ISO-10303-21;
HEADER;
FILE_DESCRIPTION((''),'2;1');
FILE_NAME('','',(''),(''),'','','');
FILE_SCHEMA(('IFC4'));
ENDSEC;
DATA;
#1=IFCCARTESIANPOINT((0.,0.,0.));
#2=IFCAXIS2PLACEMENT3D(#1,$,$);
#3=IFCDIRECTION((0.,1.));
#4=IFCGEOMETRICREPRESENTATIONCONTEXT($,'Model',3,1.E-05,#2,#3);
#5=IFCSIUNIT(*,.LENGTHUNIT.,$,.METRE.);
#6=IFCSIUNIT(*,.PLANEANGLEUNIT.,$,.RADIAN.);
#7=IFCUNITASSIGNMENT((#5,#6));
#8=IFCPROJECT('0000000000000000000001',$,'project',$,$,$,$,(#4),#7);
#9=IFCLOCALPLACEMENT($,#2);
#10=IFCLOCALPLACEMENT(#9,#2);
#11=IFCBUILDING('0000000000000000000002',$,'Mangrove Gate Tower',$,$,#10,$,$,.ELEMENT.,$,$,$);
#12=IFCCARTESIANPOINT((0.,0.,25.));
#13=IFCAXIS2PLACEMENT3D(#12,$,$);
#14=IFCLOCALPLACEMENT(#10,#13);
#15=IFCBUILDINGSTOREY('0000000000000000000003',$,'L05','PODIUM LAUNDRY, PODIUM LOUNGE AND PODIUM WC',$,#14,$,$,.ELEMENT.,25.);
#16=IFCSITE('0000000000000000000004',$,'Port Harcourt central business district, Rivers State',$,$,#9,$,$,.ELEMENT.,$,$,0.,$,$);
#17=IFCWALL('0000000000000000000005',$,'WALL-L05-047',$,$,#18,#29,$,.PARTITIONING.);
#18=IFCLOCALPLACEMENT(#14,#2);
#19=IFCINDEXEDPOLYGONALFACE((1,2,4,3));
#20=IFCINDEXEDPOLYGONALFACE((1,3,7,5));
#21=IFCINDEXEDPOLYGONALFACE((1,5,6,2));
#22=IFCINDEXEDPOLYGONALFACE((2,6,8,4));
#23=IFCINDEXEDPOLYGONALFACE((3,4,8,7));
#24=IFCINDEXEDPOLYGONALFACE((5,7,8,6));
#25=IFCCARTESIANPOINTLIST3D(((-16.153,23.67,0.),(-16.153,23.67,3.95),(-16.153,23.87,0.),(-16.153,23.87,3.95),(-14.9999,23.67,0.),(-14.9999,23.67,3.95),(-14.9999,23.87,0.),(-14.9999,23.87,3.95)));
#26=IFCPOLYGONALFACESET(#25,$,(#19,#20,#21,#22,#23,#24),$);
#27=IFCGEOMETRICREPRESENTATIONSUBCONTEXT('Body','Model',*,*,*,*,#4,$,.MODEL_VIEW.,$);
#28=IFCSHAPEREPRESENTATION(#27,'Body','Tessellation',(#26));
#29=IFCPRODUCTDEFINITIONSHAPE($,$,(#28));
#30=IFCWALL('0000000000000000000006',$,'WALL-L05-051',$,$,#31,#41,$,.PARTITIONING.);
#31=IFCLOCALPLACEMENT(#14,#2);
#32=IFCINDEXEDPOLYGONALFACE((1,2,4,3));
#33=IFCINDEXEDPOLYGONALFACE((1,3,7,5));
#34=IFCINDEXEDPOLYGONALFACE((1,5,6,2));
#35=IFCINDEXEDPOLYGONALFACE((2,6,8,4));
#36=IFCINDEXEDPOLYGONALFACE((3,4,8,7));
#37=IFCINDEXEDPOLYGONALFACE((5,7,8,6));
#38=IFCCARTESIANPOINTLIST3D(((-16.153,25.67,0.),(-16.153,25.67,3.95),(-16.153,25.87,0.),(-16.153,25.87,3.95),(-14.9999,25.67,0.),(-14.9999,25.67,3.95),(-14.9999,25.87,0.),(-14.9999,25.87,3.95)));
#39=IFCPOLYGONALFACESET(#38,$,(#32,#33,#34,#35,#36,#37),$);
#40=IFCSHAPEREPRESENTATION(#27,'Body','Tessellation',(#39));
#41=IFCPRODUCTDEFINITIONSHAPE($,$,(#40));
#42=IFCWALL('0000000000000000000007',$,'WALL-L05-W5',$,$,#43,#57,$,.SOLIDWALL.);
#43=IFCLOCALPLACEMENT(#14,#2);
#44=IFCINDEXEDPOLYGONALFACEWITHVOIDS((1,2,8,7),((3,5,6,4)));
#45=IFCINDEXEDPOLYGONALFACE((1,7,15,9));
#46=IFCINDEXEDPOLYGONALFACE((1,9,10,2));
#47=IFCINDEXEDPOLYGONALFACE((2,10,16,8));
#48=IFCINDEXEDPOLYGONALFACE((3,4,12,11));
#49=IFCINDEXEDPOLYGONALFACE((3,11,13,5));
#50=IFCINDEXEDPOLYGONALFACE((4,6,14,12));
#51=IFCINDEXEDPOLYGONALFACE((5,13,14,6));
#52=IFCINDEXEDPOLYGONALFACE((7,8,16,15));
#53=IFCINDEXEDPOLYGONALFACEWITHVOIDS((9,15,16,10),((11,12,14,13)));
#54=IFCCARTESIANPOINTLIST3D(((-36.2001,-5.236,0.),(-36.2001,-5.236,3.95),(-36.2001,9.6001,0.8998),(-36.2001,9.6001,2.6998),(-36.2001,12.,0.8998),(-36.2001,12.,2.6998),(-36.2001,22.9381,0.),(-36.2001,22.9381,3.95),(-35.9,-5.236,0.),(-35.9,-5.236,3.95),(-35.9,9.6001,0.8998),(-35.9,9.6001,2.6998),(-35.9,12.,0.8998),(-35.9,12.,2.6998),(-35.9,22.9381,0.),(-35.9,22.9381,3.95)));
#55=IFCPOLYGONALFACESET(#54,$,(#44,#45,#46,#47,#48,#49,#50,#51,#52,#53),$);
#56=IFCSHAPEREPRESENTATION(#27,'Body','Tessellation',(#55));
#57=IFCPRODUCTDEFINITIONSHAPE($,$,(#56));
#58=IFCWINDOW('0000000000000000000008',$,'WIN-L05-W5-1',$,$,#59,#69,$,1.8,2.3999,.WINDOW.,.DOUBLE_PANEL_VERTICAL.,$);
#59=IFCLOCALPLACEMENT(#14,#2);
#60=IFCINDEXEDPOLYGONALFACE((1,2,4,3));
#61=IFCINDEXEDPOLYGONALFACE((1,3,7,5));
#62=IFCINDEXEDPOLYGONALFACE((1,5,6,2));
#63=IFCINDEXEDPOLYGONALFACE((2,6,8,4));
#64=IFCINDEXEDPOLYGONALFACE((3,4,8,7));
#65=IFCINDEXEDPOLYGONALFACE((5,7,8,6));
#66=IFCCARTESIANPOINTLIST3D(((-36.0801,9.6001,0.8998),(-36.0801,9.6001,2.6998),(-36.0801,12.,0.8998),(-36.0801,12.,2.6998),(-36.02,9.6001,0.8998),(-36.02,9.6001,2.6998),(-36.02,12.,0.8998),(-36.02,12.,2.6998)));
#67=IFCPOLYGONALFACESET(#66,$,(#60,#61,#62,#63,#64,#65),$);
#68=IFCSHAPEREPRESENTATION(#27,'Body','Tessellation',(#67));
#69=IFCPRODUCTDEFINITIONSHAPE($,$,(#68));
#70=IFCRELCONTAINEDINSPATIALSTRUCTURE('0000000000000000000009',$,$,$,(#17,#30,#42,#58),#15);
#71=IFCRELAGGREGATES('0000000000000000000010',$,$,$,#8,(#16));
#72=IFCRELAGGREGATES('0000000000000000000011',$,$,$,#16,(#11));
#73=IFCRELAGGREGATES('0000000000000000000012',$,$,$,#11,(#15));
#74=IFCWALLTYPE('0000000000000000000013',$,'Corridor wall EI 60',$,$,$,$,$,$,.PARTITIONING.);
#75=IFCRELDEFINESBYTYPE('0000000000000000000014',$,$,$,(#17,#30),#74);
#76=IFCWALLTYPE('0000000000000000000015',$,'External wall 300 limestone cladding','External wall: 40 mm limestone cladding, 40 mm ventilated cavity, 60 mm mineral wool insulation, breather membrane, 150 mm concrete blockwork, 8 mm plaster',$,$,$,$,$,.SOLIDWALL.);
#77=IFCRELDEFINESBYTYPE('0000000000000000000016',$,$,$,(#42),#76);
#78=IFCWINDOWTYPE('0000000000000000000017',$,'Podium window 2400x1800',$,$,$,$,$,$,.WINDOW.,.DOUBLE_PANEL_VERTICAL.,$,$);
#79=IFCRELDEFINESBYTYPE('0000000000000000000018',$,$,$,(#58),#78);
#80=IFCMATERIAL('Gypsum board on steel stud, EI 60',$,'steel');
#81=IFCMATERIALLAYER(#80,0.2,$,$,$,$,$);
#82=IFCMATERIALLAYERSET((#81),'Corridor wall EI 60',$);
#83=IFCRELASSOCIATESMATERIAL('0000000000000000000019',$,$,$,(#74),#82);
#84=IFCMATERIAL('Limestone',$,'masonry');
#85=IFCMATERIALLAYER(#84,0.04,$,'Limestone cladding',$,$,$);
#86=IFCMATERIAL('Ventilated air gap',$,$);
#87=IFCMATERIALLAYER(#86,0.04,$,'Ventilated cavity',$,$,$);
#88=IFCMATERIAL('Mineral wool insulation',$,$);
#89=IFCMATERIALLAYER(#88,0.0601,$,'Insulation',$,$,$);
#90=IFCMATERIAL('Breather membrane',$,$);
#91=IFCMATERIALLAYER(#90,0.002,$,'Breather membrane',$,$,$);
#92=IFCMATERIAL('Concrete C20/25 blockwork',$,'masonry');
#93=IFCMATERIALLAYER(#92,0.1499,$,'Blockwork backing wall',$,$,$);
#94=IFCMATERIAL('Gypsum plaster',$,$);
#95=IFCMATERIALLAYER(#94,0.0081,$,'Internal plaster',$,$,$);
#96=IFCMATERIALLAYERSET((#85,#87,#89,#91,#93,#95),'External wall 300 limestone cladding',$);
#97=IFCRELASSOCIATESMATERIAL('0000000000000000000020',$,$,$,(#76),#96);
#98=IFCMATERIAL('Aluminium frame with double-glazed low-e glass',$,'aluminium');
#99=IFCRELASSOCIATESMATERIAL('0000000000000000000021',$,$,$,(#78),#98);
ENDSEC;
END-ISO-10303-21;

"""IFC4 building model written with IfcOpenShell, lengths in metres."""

from ifc_helpers import new_model, si_unit, direction, frame, frame_2d, origin, place, context, subcontext, project, spatial, rectangle, extrude, material, layer, layer_set, type_object, element, fill, save


model = new_model("IFC4")

# Units and contexts
model_context = context("Model", 3, precision=1e-05, world=origin(), true_north=direction((0.0, 1.0)))
body_context = subcontext(model_context, "Body", "Model", "MODEL_VIEW")
ifc_project = project(units=[si_unit("LENGTHUNIT", "METRE"), si_unit("PLANEANGLEUNIT", "RADIAN")], contexts=[model_context])

# Site, building, storey
site_placement = place(None, origin())
site = spatial("IfcSite", under=ifc_project, at=site_placement, Name="Port Harcourt central business district, Rivers State", CompositionType="ELEMENT", RefElevation=0.0)
building_placement = place(site_placement, origin())
building = spatial("IfcBuilding", under=site, at=building_placement, Name="Mangrove Gate Tower", CompositionType="ELEMENT")
storey_placement = place(building_placement, frame((0.0, 0.0, 25.0)))
storey = spatial("IfcBuildingStorey", under=building, at=storey_placement, Name="L05", Description="PODIUM LAUNDRY, PODIUM LOUNGE AND PODIUM WC", CompositionType="ELEMENT", Elevation=25.0)

# Shared definitions
ifc_material_1 = material(Name="Gypsum board on steel stud, EI 60", Category="steel")
ifc_layer_1 = layer(ifc_material_1, 0.2)
ifc_layer_set_1 = layer_set([ifc_layer_1], Name="Corridor wall EI 60")
wall_type_1 = type_object("IfcWallType", Name="Corridor wall EI 60", PredefinedType="PARTITIONING", material=ifc_layer_set_1)

# Walls
for number, where, z_axis, x_axis, name in (
    (1, (-16.1531, 23.77, 0.0), (0.0, 0.0, 1.0), (1.0, 0.0, 0.0), "WALL-L05-047"),
    (2, (-16.1531, 25.77, 0.0), (0.0, 0.0, 1.0), (1.0, 0.0, 0.0), "WALL-L05-051"),
):
    element("IfcWall", number, at=place(storey_placement, frame(where, z_axis=z_axis, x_axis=x_axis)), inside=storey, type_object=wall_type_1, Name=name, PredefinedType="PARTITIONING", context=body_context, shape_type="SweptSolid", body=[
        extrude(rectangle(XDim=1.1531, YDim=0.2, at=frame_2d((0.5767, 0.0))), origin(), (0.0, 0.0, 1.0), 3.95),
    ])

# Wall, opening, window
ifc_material_2 = material(Name="Limestone", Category="masonry")
ifc_layer_2 = layer(ifc_material_2, 0.04, Name="Limestone cladding")
ifc_material_3 = material(Name="Ventilated air gap")
ifc_layer_3 = layer(ifc_material_3, 0.04, Name="Ventilated cavity")
ifc_material_4 = material(Name="Mineral wool insulation")
ifc_layer_4 = layer(ifc_material_4, 0.0601, Name="Insulation")
ifc_material_5 = material(Name="Breather membrane")
ifc_layer_5 = layer(ifc_material_5, 0.002, Name="Breather membrane")
ifc_material_6 = material(Name="Concrete C20/25 blockwork", Category="masonry")
ifc_layer_6 = layer(ifc_material_6, 0.1499, Name="Blockwork backing wall")
ifc_material_7 = material(Name="Gypsum plaster")
ifc_layer_7 = layer(ifc_material_7, 0.0081, Name="Internal plaster")
ifc_layer_set_2 = layer_set([ifc_layer_2, ifc_layer_3, ifc_layer_4, ifc_layer_5, ifc_layer_6, ifc_layer_7], Name="External wall 300 limestone cladding")
wall_type_2 = type_object("IfcWallType", Name="External wall 300 limestone cladding", Description="External wall: 40 mm limestone cladding, 40 mm ventilated cavity, 60 mm mineral wool insulation, breather membrane, 150 mm concrete blockwork, 8 mm plaster", PredefinedType="SOLIDWALL", material=ifc_layer_set_2)
wall_1_placement = place(storey_placement, frame((-36.05, 22.938, 0.0), z_axis=(0.0, 0.0, 1.0), x_axis=(0.0, -1.0, 0.0)))
wall_1 = element("IfcWall", 3, at=wall_1_placement, inside=storey, type_object=wall_type_2, Name="WALL-L05-W5", PredefinedType="SOLIDWALL", context=body_context, shape_type="SweptSolid", body=[
    extrude(rectangle(XDim=28.1741, YDim=0.3, at=frame_2d((14.0869, 0.0))), origin(), (0.0, 0.0, 1.0), 3.95),
])
opening_1_placement = place(wall_1_placement, frame((10.938, 0.0, 0.8999)))
opening_1 = element("IfcOpeningElement", 4, at=opening_1_placement, cuts=wall_1, PredefinedType="OPENING", context=body_context, shape_type="SweptSolid", body=[
    extrude(rectangle(XDim=2.3999, YDim=1.8, at=frame_2d((1.2, 0.8999))), frame((0.0, 0.1599, 0.0), z_axis=(0.0, -1.0, 0.0), x_axis=(1.0, 0.0, 0.0)), (0.0, 0.0, 1.0), 0.3201),
])
ifc_material_8 = material(Name="Aluminium frame with double-glazed low-e glass", Category="aluminium")
window_type = type_object("IfcWindowType", Name="Podium window 2400x1800", PartitioningType="DOUBLE_PANEL_VERTICAL", PredefinedType="WINDOW", material=ifc_material_8)
window_placement = place(opening_1_placement, origin())
window = element("IfcWindow", 5, at=window_placement, inside=storey, type_object=window_type, Name="WIN-L05-W5-1", OverallHeight=1.8, OverallWidth=2.3999, PartitioningType="DOUBLE_PANEL_VERTICAL", PredefinedType="WINDOW", context=body_context, shape_type="SweptSolid", body=[
    extrude(rectangle(XDim=2.3999, YDim=1.8, at=frame_2d((1.2, 0.8999))), frame((0.0, 0.03, 0.0), z_axis=(0.0, -1.0, 0.0), x_axis=(1.0, 0.0, 0.0)), (0.0, 0.0, 1.0), 0.0601),
])
fill(opening_1, window)

save(model, "model.ifc")
